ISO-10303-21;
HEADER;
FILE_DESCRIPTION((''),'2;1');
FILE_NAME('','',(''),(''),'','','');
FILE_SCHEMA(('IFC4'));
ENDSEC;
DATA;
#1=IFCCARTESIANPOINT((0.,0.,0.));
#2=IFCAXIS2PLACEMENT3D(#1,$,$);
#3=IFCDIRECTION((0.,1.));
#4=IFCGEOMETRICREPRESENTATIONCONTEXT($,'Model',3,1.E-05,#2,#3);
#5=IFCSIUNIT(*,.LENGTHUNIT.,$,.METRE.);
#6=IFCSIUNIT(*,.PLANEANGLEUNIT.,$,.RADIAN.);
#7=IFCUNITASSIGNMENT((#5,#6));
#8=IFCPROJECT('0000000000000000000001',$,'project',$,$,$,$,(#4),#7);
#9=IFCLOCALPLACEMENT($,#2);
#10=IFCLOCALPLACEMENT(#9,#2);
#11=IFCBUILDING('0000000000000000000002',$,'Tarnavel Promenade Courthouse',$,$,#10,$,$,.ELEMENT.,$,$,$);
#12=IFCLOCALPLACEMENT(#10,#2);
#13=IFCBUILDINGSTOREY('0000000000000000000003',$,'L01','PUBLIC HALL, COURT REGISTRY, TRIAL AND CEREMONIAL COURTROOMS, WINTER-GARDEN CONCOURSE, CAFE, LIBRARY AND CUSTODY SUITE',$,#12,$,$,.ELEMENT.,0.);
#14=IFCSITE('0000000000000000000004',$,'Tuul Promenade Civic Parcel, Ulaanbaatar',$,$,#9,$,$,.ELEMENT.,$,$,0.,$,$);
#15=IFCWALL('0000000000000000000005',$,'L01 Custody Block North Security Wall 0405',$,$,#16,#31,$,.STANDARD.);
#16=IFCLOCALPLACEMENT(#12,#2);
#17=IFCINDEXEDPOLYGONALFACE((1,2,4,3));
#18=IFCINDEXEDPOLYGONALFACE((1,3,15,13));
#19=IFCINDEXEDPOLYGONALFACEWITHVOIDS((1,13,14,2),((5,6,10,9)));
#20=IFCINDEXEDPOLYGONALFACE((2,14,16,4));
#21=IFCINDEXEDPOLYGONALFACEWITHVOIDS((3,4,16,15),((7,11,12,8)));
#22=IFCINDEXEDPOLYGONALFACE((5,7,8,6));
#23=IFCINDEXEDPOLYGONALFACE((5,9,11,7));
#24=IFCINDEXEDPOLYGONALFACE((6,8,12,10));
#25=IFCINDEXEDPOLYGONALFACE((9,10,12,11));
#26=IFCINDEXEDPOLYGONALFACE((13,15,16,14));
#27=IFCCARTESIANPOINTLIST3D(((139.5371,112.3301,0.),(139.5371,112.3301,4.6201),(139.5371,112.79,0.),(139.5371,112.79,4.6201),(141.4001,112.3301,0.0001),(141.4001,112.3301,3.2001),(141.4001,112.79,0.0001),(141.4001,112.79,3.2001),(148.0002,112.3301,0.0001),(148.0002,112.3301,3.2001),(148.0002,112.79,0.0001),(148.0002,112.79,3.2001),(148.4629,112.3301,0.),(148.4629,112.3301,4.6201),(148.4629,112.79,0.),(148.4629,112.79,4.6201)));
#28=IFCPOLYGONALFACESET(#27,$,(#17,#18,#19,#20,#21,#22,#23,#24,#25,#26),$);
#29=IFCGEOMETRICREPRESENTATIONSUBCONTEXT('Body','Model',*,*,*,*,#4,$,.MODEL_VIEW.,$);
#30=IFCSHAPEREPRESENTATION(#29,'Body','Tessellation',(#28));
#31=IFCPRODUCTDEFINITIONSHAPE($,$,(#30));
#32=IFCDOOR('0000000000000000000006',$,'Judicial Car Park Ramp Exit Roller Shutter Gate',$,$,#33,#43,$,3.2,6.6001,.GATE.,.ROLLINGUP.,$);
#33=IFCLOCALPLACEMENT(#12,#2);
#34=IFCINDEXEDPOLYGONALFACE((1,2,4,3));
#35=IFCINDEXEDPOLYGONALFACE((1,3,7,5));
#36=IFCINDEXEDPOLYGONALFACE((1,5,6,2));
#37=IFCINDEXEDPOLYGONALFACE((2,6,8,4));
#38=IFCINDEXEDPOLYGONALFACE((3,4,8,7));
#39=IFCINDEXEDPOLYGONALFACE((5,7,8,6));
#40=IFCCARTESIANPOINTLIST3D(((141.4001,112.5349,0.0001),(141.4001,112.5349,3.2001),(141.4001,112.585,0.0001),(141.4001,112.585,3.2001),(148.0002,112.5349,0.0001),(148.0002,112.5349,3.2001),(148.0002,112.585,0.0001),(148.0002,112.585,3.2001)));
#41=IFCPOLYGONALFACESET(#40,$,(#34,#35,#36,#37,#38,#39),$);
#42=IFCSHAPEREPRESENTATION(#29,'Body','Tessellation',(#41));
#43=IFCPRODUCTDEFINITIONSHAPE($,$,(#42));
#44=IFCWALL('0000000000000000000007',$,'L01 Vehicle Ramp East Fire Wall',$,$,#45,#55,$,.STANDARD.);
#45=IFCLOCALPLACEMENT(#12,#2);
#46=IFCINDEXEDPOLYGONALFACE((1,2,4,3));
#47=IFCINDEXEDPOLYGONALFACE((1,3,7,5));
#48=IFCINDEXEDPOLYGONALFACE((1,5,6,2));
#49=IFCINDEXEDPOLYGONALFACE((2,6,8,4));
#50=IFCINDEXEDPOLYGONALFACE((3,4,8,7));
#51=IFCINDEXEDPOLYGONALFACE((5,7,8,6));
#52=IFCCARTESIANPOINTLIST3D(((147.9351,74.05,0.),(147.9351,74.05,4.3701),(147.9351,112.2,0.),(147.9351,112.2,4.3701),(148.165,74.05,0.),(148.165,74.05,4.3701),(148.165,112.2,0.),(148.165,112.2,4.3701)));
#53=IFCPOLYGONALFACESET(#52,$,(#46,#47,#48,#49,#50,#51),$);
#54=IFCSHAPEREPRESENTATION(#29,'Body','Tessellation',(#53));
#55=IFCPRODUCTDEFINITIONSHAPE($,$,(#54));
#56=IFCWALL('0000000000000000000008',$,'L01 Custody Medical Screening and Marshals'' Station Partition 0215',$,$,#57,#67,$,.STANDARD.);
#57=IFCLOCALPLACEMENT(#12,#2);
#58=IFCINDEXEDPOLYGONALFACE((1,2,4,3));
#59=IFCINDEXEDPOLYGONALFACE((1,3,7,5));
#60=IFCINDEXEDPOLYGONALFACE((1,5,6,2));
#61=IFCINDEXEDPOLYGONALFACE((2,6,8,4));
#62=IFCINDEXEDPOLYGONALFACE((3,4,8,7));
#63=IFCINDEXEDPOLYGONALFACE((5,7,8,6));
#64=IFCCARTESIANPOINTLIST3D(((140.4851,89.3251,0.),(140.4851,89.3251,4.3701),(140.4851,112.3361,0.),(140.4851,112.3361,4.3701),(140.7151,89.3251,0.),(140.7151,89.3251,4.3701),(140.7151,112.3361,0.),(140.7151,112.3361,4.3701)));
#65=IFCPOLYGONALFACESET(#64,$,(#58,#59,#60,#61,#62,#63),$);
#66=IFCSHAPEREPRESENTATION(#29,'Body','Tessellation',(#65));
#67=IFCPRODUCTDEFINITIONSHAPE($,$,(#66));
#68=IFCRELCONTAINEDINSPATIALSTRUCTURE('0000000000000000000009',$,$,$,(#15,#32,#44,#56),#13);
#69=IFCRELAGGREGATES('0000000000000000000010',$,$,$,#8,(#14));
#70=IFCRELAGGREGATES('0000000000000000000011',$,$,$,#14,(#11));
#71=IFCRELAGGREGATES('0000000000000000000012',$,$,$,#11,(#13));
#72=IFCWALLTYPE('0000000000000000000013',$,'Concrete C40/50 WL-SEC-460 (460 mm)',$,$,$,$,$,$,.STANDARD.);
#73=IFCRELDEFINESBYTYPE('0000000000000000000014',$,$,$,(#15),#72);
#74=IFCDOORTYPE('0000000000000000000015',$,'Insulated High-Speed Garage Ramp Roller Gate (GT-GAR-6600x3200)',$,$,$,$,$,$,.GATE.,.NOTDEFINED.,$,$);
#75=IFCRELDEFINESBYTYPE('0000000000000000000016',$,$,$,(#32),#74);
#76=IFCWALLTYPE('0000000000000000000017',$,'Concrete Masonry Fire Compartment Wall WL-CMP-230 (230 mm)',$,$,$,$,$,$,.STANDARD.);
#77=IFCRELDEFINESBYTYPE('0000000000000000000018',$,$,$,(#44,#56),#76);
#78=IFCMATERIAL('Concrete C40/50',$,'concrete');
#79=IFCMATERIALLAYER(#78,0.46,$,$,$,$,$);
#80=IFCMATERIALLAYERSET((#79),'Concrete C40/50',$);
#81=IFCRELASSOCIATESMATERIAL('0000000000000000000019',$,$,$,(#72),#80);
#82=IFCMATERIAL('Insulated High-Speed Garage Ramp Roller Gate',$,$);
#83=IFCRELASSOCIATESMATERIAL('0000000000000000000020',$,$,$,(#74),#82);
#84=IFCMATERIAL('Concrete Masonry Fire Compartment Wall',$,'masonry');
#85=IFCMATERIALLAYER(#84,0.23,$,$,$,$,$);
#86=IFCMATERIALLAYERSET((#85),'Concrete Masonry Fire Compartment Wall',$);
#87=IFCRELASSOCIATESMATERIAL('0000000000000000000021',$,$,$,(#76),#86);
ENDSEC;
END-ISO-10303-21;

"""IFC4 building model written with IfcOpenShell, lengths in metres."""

from ifc_helpers import new_model, si_unit, direction, frame, frame_2d, origin, place, context, subcontext, project, spatial, rectangle, extrude, material, layer, layer_set, type_object, element, fill, save


model = new_model("IFC4")

# Units and contexts
model_context = context("Model", 3, precision=1e-05, world=origin(), true_north=direction((0.0, 1.0)))
body_context = subcontext(model_context, "Body", "Model", "MODEL_VIEW")
ifc_project = project(units=[si_unit("LENGTHUNIT", "METRE"), si_unit("PLANEANGLEUNIT", "RADIAN")], contexts=[model_context])

# Site, building, storey
site_placement = place(None, origin())
site = spatial("IfcSite", under=ifc_project, at=site_placement, Name="Tuul Promenade Civic Parcel, Ulaanbaatar", CompositionType="ELEMENT", RefElevation=0.0)
building_placement = place(site_placement, origin())
building = spatial("IfcBuilding", under=site, at=building_placement, Name="Tarnavel Promenade Courthouse", CompositionType="ELEMENT")
storey_placement = place(building_placement, origin())
storey = spatial("IfcBuildingStorey", under=building, at=storey_placement, Name="L01", Description="PUBLIC HALL, COURT REGISTRY, TRIAL AND CEREMONIAL COURTROOMS, WINTER-GARDEN CONCOURSE, CAFE, LIBRARY AND CUSTODY SUITE", CompositionType="ELEMENT", Elevation=0.0)

# Shared definitions
ifc_material_1 = material(Name="Concrete C40/50", Category="concrete")

# Wall, opening, door
ifc_layer_1 = layer(ifc_material_1, 0.46)
ifc_layer_set_1 = layer_set([ifc_layer_1], Name="Concrete C40/50")
wall_type_1 = type_object("IfcWallType", Name="Concrete C40/50 WL-SEC-460 (460 mm)", PredefinedType="STANDARD", material=ifc_layer_set_1)
wall_1_placement = place(storey_placement, frame((139.5371, 112.5601, 0.0), z_axis=(0.0, 0.0, 1.0), x_axis=(1.0, 0.0, 0.0)))
wall_1 = element("IfcWall", 1, at=wall_1_placement, inside=storey, type_object=wall_type_1, Name="L01 Custody Block North Security Wall 0405", PredefinedType="STANDARD", context=body_context, shape_type="SweptSolid", body=[
    extrude(rectangle(XDim=8.9258, YDim=0.46, at=frame_2d((4.4629, 0.0))), origin(), (0.0, 0.0, 1.0), 4.6201),
])
opening_placement = place(wall_1_placement, frame((1.863, 0.0, 0.0)))
opening = element("IfcOpeningElement", 2, at=opening_placement, cuts=wall_1, PredefinedType="OPENING", context=body_context, shape_type="SweptSolid", body=[
    extrude(rectangle(XDim=6.6001, YDim=3.2, at=frame_2d((3.3, 1.6001))), frame((0.0, 0.24, 0.0), z_axis=(0.0, -1.0, 0.0), x_axis=(1.0, 0.0, 0.0)), (0.0, 0.0, 1.0), 0.48),
])
ifc_material_2 = material(Name="Insulated High-Speed Garage Ramp Roller Gate")
door_type = type_object("IfcDoorType", Name="Insulated High-Speed Garage Ramp Roller Gate (GT-GAR-6600x3200)", OperationType="NOTDEFINED", PredefinedType="GATE", material=ifc_material_2)
door_placement = place(opening_placement, origin())
door = element("IfcDoor", 3, at=door_placement, inside=storey, type_object=door_type, Name="Judicial Car Park Ramp Exit Roller Shutter Gate", OperationType="ROLLINGUP", OverallHeight=3.2, OverallWidth=6.6001, PredefinedType="GATE", context=body_context, shape_type="SweptSolid", body=[
    extrude(rectangle(XDim=6.6001, YDim=3.2, at=frame_2d((3.3, 1.6001))), frame((0.0, 0.0249, 0.0), z_axis=(0.0, -1.0, 0.0), x_axis=(1.0, 0.0, 0.0)), (0.0, 0.0, 1.0), 0.05),
])
fill(opening, door)

# Walls
ifc_material_3 = material(Name="Concrete Masonry Fire Compartment Wall", Category="masonry")
ifc_layer_2 = layer(ifc_material_3, 0.23)
ifc_layer_set_2 = layer_set([ifc_layer_2], Name="Concrete Masonry Fire Compartment Wall")
wall_type_2 = type_object("IfcWallType", Name="Concrete Masonry Fire Compartment Wall WL-CMP-230 (230 mm)", PredefinedType="STANDARD", material=ifc_layer_set_2)
wall_2_placement = place(storey_placement, frame((148.05, 112.2, 0.0), z_axis=(0.0, 0.0, 1.0), x_axis=(0.0, -1.0, 0.0)))
element("IfcWall", 4, at=wall_2_placement, inside=storey, type_object=wall_type_2, Name="L01 Vehicle Ramp East Fire Wall", PredefinedType="STANDARD", context=body_context, shape_type="SweptSolid", body=[
    extrude(rectangle(XDim=38.1499, YDim=0.23, at=frame_2d((19.075, 0.0))), origin(), (0.0, 0.0, 1.0), 4.3701),
])
wall_3_placement = place(storey_placement, frame((140.6001, 112.3359, 0.0), z_axis=(0.0, 0.0, 1.0), x_axis=(0.0, -1.0, 0.0)))
element("IfcWall", 5, at=wall_3_placement, inside=storey, type_object=wall_type_2, Name="L01 Custody Medical Screening and Marshals' Station Partition 0215", PredefinedType="STANDARD", context=body_context, shape_type="SweptSolid", body=[
    extrude(rectangle(XDim=23.011, YDim=0.23, at=frame_2d((11.5054, 0.0))), origin(), (0.0, 0.0, 1.0), 4.3701),
])

save(model, "model.ifc")
